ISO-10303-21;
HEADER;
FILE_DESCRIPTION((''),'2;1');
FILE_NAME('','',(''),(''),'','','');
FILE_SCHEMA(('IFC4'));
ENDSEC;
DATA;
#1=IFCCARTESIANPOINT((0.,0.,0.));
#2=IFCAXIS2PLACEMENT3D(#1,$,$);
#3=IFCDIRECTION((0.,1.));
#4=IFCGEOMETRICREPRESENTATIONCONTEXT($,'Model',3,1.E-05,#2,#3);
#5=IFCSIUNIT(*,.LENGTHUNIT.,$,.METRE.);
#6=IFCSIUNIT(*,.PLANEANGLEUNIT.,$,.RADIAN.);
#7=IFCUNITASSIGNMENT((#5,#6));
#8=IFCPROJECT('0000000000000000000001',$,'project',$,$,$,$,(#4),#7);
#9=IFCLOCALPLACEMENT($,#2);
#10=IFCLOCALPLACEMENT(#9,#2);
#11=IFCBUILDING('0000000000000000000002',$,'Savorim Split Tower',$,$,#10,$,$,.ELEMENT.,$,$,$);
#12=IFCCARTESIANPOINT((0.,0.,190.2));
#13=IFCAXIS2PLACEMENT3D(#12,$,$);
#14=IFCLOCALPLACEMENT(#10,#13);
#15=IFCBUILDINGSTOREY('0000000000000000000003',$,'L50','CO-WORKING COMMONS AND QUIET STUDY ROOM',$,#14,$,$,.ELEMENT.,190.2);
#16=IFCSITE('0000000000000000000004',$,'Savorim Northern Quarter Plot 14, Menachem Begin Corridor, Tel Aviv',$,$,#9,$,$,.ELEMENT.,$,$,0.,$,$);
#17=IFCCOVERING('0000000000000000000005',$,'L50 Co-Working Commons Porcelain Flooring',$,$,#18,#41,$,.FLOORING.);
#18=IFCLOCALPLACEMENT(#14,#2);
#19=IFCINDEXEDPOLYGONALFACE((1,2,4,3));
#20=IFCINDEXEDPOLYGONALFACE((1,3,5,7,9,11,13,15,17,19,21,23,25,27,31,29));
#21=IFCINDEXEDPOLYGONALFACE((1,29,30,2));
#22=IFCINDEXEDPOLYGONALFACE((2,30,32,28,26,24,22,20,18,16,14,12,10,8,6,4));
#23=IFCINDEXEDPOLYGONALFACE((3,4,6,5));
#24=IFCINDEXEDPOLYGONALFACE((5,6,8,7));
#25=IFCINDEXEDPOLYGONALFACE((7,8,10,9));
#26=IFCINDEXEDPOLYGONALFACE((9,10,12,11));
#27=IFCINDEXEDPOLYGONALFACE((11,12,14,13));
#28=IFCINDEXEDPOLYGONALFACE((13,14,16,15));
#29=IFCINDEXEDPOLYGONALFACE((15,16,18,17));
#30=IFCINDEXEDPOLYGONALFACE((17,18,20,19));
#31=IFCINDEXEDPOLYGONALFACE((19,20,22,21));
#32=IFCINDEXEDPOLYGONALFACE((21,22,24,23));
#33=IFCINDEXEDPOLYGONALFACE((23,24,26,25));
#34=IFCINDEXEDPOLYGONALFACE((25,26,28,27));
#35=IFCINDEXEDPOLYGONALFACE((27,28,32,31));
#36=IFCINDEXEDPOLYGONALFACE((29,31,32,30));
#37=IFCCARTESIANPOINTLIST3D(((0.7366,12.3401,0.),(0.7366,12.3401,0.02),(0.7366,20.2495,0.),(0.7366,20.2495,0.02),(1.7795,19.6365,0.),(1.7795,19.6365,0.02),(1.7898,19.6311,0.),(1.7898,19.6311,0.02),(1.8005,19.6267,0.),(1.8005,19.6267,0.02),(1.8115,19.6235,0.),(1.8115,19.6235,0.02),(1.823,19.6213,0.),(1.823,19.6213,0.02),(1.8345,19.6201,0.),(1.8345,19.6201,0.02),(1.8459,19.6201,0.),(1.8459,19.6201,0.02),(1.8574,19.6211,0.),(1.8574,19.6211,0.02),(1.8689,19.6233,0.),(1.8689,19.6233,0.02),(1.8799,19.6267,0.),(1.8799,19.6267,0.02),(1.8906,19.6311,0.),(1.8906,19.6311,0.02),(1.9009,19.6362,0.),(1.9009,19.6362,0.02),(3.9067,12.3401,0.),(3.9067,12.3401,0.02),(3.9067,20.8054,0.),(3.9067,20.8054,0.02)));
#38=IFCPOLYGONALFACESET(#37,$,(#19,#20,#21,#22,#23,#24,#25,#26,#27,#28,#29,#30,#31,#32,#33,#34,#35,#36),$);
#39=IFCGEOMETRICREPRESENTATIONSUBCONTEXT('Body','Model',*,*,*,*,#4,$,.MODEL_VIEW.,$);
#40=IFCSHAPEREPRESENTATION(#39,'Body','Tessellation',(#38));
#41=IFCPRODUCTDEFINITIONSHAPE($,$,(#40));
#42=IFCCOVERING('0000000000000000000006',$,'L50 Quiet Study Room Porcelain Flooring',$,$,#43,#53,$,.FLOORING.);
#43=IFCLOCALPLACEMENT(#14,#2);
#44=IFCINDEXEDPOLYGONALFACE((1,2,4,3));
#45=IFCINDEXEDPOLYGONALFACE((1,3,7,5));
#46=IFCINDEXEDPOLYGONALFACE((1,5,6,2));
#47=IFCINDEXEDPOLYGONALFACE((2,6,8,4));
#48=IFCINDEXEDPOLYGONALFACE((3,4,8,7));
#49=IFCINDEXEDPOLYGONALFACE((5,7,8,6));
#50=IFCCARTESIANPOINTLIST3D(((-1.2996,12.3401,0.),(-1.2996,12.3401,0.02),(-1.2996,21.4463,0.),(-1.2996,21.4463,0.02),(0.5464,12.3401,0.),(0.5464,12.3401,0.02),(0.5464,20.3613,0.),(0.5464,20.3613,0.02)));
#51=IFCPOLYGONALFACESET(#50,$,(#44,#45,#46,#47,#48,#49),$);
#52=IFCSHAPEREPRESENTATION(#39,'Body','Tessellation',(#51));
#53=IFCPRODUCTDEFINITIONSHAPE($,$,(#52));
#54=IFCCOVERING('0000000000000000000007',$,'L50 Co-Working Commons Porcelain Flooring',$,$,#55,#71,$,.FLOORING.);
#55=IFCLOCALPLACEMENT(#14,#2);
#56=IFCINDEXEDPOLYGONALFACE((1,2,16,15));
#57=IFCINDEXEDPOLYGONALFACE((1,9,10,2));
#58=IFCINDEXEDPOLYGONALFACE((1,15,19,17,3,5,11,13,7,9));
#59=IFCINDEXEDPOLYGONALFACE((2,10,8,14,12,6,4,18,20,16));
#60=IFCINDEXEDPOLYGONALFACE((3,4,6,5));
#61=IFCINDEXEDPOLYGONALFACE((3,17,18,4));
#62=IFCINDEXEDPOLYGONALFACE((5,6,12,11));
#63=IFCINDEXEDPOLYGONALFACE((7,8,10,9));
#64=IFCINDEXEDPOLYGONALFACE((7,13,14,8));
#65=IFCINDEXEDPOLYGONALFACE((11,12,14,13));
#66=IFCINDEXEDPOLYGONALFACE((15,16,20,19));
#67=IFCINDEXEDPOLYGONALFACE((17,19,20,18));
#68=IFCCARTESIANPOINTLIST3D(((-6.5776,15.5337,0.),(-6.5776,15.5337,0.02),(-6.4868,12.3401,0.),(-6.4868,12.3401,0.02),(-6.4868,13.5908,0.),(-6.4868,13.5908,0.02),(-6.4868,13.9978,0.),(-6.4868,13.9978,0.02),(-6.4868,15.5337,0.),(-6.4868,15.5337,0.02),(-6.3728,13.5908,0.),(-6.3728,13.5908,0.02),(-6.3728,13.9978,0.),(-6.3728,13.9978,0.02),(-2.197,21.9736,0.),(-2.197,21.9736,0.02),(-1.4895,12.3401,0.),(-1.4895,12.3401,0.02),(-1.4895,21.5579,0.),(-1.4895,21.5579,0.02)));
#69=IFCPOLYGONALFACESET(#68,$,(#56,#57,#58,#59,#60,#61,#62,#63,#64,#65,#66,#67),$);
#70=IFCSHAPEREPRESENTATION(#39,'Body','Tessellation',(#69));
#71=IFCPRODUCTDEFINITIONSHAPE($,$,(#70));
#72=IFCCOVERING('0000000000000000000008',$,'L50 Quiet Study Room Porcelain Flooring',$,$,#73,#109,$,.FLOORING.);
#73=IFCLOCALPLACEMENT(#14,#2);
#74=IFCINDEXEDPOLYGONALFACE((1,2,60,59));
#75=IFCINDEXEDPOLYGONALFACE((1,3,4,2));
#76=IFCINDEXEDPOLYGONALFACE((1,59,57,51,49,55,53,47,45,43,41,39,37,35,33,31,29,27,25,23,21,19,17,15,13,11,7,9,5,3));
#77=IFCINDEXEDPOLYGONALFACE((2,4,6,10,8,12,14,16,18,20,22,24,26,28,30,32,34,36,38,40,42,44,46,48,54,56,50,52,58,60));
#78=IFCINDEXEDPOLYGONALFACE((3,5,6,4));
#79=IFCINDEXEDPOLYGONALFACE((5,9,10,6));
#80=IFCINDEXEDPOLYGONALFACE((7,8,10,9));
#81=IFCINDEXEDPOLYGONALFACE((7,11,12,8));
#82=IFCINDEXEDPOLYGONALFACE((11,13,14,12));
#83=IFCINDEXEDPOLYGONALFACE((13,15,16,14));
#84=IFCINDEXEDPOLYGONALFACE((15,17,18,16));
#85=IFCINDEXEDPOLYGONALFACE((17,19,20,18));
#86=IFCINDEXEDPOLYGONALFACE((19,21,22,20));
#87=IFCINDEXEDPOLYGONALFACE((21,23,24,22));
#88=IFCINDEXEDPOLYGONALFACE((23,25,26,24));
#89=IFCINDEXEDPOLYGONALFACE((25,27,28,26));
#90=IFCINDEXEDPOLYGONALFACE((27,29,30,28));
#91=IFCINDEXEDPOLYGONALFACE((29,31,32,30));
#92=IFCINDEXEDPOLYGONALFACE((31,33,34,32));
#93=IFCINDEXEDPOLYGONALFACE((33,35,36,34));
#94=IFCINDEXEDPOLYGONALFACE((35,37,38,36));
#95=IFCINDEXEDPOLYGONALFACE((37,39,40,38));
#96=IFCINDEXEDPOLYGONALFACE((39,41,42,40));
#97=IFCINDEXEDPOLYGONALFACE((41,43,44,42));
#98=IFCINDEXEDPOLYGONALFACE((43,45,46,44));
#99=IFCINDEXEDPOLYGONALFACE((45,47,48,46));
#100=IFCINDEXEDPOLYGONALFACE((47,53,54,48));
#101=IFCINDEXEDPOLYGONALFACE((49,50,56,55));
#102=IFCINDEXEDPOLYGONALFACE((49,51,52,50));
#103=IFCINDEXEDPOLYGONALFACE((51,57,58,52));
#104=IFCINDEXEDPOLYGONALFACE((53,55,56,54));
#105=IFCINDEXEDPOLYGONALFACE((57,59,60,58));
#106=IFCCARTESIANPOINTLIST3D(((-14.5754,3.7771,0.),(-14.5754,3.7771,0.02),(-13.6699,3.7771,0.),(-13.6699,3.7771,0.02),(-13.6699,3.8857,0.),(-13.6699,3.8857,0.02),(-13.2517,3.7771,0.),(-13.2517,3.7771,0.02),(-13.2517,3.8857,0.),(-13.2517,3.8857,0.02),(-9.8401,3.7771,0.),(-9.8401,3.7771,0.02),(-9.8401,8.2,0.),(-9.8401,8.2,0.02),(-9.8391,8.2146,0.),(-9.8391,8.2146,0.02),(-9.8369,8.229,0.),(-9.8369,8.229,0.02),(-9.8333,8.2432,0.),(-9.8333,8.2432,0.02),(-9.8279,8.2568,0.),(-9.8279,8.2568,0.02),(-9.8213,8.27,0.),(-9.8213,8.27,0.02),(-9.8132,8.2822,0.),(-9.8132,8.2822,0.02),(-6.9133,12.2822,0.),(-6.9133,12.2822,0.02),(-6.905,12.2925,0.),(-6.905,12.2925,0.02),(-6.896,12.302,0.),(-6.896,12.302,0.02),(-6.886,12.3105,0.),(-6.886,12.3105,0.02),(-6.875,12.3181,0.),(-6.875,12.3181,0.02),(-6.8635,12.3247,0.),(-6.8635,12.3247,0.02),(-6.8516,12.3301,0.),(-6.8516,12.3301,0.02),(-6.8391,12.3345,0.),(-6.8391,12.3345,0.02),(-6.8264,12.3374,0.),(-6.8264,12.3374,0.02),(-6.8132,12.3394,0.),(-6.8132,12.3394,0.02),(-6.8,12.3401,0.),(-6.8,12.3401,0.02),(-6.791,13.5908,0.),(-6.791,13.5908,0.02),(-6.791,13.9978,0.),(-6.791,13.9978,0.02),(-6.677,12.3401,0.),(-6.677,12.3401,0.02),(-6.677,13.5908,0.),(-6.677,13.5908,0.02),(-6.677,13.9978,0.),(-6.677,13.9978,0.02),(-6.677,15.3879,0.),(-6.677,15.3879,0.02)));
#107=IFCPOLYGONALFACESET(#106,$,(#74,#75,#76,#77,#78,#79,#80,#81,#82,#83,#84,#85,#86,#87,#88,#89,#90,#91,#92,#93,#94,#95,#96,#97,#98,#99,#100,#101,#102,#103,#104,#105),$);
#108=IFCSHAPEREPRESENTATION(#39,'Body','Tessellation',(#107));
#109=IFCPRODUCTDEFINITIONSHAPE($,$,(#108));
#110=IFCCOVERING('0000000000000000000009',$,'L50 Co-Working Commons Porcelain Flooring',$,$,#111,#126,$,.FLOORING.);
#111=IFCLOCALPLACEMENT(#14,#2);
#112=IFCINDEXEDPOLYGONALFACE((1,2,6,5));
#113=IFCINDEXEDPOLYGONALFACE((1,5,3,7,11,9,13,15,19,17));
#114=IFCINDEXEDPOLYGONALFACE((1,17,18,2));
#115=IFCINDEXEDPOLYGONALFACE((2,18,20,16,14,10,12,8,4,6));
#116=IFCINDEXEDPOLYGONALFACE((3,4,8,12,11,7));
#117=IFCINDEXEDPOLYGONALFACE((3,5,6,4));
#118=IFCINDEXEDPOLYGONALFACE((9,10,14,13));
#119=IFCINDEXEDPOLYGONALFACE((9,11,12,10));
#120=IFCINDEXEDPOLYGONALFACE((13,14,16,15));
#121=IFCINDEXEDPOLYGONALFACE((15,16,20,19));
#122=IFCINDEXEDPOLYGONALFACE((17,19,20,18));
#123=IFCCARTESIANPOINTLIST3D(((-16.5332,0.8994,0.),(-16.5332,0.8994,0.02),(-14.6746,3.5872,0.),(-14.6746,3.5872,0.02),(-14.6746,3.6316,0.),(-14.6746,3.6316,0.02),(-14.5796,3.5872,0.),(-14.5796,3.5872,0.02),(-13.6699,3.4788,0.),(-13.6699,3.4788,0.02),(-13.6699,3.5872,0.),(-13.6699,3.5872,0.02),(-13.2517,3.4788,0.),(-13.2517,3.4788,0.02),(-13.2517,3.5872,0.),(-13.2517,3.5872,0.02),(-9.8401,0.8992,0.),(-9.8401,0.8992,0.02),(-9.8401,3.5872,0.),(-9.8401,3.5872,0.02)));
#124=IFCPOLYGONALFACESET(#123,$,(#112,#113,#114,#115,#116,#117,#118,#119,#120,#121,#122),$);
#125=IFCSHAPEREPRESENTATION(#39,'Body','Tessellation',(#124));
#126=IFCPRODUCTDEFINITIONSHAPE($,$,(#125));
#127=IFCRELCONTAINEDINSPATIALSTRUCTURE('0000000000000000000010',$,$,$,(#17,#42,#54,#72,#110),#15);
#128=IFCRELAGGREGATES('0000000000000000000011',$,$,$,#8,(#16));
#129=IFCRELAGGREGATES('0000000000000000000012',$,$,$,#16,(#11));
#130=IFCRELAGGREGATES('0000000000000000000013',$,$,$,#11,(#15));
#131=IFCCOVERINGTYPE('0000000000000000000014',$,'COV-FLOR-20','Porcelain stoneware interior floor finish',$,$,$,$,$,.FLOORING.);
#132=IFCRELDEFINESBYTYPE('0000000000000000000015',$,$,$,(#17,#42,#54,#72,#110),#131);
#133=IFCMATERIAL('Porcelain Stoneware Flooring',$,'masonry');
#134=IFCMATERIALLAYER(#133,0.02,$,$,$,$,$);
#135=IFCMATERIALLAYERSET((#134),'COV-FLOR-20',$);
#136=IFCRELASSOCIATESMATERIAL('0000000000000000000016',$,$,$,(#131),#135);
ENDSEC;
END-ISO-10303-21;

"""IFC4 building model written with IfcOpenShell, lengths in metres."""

from ifc_helpers import new_model, si_unit, direction, frame, origin, place, context, subcontext, project, spatial, polyline, outline, extrude, material, layer, layer_set, type_object, element, save


model = new_model("IFC4")

# Units and contexts
model_context = context("Model", 3, precision=1e-05, world=origin(), true_north=direction((0.0, 1.0)))
body_context = subcontext(model_context, "Body", "Model", "MODEL_VIEW")
ifc_project = project(units=[si_unit("LENGTHUNIT", "METRE"), si_unit("PLANEANGLEUNIT", "RADIAN")], contexts=[model_context])

# Site, building, storey
site_placement = place(None, origin())
site = spatial("IfcSite", under=ifc_project, at=site_placement, Name="Savorim Northern Quarter Plot 14, Menachem Begin Corridor, Tel Aviv", CompositionType="ELEMENT", RefElevation=0.0)
building_placement = place(site_placement, origin())
building = spatial("IfcBuilding", under=site, at=building_placement, Name="Savorim Split Tower", CompositionType="ELEMENT")
storey_placement = place(building_placement, frame((0.0, 0.0, 190.2)))
storey = spatial("IfcBuildingStorey", under=building, at=storey_placement, Name="L50", Description="CO-WORKING COMMONS AND QUIET STUDY ROOM", CompositionType="ELEMENT", Elevation=190.2)

# Coverings
ifc_material_1 = material(Name="Porcelain Stoneware Flooring", Category="masonry")
ifc_layer_1 = layer(ifc_material_1, 0.02)
ifc_layer_set_1 = layer_set([ifc_layer_1], Name="COV-FLOR-20")
covering_type_1 = type_object("IfcCoveringType", Name="COV-FLOR-20", Description="Porcelain stoneware interior floor finish", PredefinedType="FLOORING", material=ifc_layer_set_1)
covering_1_placement = place(storey_placement, origin())
element("IfcCovering", 1, at=covering_1_placement, inside=storey, type_object=covering_type_1, Name="L50 Co-Working Commons Porcelain Flooring", PredefinedType="FLOORING", context=body_context, shape_type="SweptSolid", body=[
    extrude(outline(polyline([(1.8005, 19.6267), (1.7898, 19.6311), (1.7795, 19.6365), (0.7366, 20.2495), (0.7366, 12.3401), (3.9067, 12.3401), (3.9067, 20.8054), (1.9009, 19.6362), (1.8906, 19.6311), (1.8799, 19.6267), (1.8689, 19.6233), (1.8574, 19.6211), (1.8459, 19.6201), (1.8345, 19.6201), (1.823, 19.6213), (1.8115, 19.6235), (1.8005, 19.6267)])), origin(), (0.0, 0.0, 1.0), 0.02),
])
covering_2_placement = place(storey_placement, origin())
element("IfcCovering", 2, at=covering_2_placement, inside=storey, type_object=covering_type_1, Name="L50 Quiet Study Room Porcelain Flooring", PredefinedType="FLOORING", context=body_context, shape_type="SweptSolid", body=[
    extrude(outline(polyline([(-1.2996, 12.3401), (0.5464, 12.3401), (0.5464, 20.3613), (-1.2996, 21.4463), (-1.2996, 12.3401)])), origin(), (0.0, 0.0, 1.0), 0.02),
])
covering_3_placement = place(storey_placement, origin())
element("IfcCovering", 3, at=covering_3_placement, inside=storey, type_object=covering_type_1, Name="L50 Co-Working Commons Porcelain Flooring", PredefinedType="FLOORING", context=body_context, shape_type="SweptSolid", body=[
    extrude(outline(polyline([(-6.4868, 12.3401), (-1.4895, 12.3401), (-1.4895, 21.5579), (-2.197, 21.9736), (-6.5776, 15.5337), (-6.4868, 15.5337), (-6.4868, 13.9978), (-6.3728, 13.9978), (-6.3728, 13.5908), (-6.4868, 13.5908), (-6.4868, 12.3401)])), origin(), (0.0, 0.0, 1.0), 0.02),
])
covering_4_placement = place(storey_placement, origin())
element("IfcCovering", 4, at=covering_4_placement, inside=storey, type_object=covering_type_1, Name="L50 Quiet Study Room Porcelain Flooring", PredefinedType="FLOORING", context=body_context, shape_type="SweptSolid", body=[
    extrude(outline(polyline([(-6.8132, 12.3394), (-6.8, 12.3401), (-6.677, 12.3401), (-6.677, 13.5908), (-6.791, 13.5908), (-6.791, 13.9978), (-6.677, 13.9978), (-6.677, 15.3879), (-14.5754, 3.7771), (-13.6699, 3.7771), (-13.6699, 3.8857), (-13.2517, 3.8857), (-13.2517, 3.7771), (-9.8401, 3.7771), (-9.8401, 8.2), (-9.8391, 8.2146), (-9.8369, 8.229), (-9.8333, 8.2432), (-9.8279, 8.2568), (-9.8213, 8.27), (-9.8132, 8.2822), (-6.9133, 12.2822), (-6.905, 12.2925), (-6.896, 12.302), (-6.886, 12.3105), (-6.875, 12.3181), (-6.8635, 12.3247), (-6.8516, 12.3301), (-6.8391, 12.3345), (-6.8264, 12.3374), (-6.8132, 12.3394)])), origin(), (0.0, 0.0, 1.0), 0.02),
])
covering_5_placement = place(storey_placement, origin())
element("IfcCovering", 5, at=covering_5_placement, inside=storey, type_object=covering_type_1, Name="L50 Co-Working Commons Porcelain Flooring", PredefinedType="FLOORING", context=body_context, shape_type="SweptSolid", body=[
    extrude(outline(polyline([(-13.6699, 3.5872), (-14.5796, 3.5872), (-14.6746, 3.5872), (-14.6746, 3.6316), (-16.5332, 0.8994), (-9.8401, 0.8992), (-9.8401, 3.5872), (-13.2517, 3.5872), (-13.2517, 3.4788), (-13.6699, 3.4788), (-13.6699, 3.5872)])), origin(), (0.0, 0.0, 1.0), 0.02),
])

save(model, "model.ifc")
